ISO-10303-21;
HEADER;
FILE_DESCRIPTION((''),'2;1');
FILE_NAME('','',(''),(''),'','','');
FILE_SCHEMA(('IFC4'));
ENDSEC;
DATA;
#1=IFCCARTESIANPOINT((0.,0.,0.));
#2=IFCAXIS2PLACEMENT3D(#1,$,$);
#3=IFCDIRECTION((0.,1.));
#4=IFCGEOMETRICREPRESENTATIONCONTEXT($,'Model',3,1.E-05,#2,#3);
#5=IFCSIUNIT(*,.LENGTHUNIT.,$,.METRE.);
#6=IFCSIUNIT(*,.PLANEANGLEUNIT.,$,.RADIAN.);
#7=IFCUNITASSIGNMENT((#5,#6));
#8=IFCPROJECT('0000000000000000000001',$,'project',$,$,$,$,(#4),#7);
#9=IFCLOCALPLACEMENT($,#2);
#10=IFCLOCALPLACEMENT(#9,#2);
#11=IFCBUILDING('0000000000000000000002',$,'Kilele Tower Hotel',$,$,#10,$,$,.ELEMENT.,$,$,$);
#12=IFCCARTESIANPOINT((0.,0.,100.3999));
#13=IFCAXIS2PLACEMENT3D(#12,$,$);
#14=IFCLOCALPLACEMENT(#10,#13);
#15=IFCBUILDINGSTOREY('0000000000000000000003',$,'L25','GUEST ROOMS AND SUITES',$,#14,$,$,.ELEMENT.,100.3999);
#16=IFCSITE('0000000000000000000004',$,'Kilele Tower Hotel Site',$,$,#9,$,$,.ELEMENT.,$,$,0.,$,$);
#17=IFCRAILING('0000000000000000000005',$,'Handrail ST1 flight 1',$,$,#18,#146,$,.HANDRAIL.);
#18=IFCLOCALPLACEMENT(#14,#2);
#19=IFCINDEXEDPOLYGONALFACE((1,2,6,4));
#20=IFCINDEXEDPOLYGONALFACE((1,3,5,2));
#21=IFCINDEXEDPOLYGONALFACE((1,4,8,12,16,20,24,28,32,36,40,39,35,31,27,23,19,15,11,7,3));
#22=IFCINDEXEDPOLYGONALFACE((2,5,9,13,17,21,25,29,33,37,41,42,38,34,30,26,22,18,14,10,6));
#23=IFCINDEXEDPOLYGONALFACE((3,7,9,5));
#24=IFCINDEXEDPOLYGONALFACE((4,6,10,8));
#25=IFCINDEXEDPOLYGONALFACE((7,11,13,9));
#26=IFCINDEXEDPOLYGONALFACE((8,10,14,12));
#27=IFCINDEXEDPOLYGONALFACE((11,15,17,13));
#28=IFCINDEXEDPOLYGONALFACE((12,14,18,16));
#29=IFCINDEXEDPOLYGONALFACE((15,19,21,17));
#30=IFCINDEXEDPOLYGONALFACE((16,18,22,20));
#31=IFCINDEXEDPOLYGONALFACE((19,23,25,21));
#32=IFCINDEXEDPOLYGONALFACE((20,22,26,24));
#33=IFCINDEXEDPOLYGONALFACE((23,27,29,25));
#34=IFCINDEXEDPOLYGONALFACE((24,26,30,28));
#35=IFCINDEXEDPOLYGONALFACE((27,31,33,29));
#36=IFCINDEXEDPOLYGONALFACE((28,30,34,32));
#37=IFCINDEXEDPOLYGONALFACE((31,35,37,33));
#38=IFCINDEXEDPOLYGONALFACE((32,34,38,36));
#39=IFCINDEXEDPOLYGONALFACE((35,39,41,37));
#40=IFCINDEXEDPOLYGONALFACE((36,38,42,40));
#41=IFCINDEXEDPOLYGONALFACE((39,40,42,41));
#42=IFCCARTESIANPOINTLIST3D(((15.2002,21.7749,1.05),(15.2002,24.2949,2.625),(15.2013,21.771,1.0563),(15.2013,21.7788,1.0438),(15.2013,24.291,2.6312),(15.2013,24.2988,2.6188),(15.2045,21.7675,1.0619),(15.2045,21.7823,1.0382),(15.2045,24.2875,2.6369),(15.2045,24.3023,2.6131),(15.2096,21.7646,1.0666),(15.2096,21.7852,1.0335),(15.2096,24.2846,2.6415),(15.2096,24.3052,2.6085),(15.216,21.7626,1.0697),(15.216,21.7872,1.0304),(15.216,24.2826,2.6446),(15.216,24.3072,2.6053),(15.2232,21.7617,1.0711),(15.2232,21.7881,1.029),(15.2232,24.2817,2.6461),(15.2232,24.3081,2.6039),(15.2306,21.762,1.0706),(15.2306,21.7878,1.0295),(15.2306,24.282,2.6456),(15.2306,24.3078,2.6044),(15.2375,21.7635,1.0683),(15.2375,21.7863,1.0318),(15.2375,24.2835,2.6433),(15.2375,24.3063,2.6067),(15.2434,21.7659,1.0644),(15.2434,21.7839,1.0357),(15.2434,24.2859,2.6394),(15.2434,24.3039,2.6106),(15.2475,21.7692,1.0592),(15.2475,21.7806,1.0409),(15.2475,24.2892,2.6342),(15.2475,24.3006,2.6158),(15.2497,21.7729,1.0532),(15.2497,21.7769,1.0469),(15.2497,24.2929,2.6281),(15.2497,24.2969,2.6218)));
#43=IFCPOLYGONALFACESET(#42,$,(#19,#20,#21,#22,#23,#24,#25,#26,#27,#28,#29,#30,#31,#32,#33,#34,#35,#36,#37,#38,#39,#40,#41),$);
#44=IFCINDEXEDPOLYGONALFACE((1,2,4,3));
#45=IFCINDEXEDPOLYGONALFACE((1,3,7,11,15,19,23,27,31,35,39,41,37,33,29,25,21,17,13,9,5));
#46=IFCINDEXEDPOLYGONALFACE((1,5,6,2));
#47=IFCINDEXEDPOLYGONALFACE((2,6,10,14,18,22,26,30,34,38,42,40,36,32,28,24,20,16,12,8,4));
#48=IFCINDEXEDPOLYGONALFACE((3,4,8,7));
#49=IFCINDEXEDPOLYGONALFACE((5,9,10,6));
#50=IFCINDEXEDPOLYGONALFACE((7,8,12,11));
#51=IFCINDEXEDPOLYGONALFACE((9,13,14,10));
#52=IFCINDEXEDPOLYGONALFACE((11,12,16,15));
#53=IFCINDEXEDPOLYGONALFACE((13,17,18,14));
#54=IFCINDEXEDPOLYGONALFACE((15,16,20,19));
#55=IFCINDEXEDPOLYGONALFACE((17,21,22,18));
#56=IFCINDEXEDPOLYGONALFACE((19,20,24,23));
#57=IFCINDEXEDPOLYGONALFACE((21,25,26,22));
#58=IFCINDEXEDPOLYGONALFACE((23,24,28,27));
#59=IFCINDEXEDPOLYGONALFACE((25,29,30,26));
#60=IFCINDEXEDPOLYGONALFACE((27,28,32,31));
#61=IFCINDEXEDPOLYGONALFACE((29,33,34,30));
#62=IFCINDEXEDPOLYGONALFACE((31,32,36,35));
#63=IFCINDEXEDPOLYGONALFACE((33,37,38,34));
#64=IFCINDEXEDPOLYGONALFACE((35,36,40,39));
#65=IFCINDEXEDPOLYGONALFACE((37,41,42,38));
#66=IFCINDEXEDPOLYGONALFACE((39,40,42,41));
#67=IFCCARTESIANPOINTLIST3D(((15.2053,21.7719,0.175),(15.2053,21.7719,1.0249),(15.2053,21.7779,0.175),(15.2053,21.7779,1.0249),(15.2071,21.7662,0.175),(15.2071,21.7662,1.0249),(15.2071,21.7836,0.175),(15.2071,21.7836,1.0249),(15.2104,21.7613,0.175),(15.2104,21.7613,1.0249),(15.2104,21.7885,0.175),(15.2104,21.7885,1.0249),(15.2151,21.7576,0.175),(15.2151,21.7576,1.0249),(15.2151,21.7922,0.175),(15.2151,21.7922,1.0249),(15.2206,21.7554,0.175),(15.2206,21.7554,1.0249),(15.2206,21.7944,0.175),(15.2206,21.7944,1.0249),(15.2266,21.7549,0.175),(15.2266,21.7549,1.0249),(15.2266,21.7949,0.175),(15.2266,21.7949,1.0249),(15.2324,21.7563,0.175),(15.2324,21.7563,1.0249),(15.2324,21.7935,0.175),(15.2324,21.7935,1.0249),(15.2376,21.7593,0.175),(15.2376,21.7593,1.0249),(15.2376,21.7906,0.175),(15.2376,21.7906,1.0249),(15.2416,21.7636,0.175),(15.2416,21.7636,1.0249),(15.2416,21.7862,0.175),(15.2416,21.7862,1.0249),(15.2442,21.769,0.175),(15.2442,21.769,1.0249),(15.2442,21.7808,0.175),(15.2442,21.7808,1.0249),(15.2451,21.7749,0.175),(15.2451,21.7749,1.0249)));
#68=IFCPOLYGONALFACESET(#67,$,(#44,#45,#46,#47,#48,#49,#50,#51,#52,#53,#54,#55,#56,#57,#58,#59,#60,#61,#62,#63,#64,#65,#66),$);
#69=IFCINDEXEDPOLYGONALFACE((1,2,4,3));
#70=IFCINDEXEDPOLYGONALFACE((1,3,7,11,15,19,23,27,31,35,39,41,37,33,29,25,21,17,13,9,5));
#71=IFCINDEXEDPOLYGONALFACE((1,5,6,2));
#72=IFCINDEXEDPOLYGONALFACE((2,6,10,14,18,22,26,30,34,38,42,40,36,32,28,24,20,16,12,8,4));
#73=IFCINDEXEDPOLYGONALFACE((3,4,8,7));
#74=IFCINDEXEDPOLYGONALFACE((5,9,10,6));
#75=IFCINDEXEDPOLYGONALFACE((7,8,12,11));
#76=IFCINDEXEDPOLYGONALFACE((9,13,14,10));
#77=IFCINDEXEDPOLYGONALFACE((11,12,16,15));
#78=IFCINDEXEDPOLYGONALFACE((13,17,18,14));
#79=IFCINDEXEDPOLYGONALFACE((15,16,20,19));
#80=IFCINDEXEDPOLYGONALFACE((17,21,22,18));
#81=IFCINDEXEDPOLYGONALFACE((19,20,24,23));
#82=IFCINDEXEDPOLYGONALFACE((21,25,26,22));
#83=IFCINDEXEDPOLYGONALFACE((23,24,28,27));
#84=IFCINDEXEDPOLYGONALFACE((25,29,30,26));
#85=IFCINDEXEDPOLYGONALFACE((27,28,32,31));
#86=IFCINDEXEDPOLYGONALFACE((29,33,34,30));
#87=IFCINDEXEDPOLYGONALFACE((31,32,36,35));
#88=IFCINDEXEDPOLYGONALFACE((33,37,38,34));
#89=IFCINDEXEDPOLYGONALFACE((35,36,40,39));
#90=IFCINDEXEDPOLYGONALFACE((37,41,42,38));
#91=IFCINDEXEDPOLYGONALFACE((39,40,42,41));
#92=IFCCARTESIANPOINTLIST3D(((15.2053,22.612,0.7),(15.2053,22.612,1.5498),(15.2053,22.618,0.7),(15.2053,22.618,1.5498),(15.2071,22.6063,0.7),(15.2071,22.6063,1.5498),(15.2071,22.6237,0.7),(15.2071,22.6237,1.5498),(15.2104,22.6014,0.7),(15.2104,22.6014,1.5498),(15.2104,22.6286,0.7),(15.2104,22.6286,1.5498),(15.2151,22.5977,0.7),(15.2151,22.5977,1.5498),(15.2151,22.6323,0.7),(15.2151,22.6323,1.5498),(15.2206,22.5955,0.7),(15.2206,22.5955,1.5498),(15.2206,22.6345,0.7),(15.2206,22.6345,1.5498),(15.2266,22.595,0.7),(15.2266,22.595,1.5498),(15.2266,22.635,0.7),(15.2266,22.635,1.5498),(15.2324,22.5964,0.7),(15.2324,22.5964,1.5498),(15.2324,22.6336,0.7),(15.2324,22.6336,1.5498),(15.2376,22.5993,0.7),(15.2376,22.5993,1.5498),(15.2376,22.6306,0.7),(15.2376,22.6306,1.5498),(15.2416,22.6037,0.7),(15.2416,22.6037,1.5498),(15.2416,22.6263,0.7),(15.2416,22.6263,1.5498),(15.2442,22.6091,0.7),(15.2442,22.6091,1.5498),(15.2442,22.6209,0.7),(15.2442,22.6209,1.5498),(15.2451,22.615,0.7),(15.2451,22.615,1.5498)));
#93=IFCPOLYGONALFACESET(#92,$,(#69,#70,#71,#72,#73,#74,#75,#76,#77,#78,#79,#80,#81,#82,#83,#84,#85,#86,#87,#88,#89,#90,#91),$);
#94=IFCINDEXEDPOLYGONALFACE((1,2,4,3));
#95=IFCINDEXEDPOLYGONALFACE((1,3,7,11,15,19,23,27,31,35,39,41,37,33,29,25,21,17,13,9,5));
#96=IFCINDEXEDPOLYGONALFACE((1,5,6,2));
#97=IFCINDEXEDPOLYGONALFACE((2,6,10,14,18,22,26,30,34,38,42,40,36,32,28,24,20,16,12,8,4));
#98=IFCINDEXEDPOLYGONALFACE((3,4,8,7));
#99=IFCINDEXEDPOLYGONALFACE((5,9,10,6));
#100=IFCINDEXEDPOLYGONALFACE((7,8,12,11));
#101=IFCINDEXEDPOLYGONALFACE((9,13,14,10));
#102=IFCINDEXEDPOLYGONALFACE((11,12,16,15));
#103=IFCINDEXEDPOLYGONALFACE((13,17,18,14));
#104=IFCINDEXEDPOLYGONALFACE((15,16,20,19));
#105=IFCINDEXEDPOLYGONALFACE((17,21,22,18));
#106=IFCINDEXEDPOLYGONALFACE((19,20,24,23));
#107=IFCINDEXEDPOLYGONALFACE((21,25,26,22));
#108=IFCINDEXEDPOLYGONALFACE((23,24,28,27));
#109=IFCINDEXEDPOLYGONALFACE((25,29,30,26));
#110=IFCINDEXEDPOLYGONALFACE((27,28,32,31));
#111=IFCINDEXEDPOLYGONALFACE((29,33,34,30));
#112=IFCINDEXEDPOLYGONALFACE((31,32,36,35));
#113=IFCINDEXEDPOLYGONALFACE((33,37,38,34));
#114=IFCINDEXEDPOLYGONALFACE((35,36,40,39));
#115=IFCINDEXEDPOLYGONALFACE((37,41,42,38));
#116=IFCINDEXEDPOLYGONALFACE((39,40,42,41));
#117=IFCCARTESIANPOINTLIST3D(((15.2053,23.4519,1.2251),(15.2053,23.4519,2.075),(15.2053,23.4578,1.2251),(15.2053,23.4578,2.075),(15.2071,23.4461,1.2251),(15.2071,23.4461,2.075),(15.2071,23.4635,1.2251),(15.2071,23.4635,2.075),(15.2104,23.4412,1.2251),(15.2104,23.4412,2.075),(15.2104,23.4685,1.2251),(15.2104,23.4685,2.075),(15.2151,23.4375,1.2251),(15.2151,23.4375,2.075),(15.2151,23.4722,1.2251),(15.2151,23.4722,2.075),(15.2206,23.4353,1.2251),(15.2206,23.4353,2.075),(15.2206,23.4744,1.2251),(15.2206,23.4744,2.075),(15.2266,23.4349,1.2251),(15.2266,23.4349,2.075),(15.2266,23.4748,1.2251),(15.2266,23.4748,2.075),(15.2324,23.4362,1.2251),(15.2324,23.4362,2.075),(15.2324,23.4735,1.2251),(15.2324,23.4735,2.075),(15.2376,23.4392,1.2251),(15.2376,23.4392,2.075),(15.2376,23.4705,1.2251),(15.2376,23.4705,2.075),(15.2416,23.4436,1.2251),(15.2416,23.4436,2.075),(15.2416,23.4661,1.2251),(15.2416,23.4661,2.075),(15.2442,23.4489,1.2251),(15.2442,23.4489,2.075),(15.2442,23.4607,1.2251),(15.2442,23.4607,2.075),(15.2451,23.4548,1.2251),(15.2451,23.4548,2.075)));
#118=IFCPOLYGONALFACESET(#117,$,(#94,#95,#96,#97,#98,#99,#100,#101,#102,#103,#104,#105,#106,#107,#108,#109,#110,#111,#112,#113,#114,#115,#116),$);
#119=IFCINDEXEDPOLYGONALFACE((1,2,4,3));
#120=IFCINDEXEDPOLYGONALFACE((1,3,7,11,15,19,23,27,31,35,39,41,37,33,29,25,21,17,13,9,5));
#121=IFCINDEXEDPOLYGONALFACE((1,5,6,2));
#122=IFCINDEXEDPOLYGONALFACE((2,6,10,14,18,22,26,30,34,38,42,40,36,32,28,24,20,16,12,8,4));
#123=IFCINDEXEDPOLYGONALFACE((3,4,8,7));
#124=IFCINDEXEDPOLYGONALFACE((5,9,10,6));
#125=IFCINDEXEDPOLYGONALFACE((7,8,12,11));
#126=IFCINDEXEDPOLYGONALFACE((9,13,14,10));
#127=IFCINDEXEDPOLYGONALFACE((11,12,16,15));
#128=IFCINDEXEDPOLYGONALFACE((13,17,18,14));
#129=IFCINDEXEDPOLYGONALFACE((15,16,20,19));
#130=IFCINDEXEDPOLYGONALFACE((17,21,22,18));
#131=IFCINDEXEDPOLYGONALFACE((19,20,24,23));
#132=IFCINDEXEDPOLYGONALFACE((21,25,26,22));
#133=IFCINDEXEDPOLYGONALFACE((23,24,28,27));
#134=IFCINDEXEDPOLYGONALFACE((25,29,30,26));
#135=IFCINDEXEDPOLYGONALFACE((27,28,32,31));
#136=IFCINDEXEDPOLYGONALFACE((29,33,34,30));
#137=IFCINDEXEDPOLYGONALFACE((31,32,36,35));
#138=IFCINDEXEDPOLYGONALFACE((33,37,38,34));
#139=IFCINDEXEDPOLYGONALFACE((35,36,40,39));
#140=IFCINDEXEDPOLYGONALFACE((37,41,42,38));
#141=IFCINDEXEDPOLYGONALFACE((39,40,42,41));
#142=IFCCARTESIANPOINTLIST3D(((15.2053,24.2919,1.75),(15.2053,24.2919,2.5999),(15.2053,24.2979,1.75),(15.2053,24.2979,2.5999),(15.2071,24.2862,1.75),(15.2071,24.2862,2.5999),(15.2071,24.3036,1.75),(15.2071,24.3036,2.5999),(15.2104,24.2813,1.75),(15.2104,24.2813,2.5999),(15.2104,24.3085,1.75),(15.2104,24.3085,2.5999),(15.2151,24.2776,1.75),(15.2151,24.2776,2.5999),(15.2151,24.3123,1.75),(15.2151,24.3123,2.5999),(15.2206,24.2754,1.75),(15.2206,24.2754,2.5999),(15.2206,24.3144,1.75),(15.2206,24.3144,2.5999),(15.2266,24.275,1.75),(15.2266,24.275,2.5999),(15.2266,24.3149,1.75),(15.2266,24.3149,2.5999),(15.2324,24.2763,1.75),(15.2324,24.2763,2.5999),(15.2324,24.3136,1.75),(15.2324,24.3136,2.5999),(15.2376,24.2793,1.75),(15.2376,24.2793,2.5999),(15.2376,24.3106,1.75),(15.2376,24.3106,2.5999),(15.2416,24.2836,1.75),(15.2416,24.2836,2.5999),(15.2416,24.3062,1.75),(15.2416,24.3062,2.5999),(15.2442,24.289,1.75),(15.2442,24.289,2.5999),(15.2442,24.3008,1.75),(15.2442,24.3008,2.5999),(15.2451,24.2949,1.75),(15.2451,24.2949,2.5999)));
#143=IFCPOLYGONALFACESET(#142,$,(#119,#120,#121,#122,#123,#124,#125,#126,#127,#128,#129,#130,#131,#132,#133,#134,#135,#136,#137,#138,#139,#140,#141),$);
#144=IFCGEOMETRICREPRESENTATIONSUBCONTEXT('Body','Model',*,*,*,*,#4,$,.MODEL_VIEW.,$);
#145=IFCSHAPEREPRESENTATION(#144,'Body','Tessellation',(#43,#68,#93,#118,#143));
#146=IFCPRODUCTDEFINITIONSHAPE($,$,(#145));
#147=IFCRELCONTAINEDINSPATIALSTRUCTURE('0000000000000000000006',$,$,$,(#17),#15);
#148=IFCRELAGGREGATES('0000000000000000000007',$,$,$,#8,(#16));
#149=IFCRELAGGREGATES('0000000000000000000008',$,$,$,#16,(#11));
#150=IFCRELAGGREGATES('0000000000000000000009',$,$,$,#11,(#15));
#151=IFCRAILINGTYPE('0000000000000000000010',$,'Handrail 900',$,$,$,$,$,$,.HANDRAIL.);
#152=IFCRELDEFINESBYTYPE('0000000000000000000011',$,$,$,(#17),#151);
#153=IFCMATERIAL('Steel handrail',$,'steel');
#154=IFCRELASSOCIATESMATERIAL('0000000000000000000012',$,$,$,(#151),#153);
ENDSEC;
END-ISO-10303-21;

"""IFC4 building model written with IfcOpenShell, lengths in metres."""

from ifc_helpers import new_model, si_unit, direction, frame, origin, origin_2d, place, context, subcontext, project, spatial, circle, extrude, material, type_object, element, save


model = new_model("IFC4")

# Units and contexts
model_context = context("Model", 3, precision=1e-05, world=origin(), true_north=direction((0.0, 1.0)))
body_context = subcontext(model_context, "Body", "Model", "MODEL_VIEW")
ifc_project = project(units=[si_unit("LENGTHUNIT", "METRE"), si_unit("PLANEANGLEUNIT", "RADIAN")], contexts=[model_context])

# Site, building, storey
site_placement = place(None, origin())
site = spatial("IfcSite", under=ifc_project, at=site_placement, Name="Kilele Tower Hotel Site", CompositionType="ELEMENT", RefElevation=0.0)
building_placement = place(site_placement, origin())
building = spatial("IfcBuilding", under=site, at=building_placement, Name="Kilele Tower Hotel", CompositionType="ELEMENT")
storey_placement = place(building_placement, frame((0.0, 0.0, 100.3999)))
storey = spatial("IfcBuildingStorey", under=building, at=storey_placement, Name="L25", Description="GUEST ROOMS AND SUITES", CompositionType="ELEMENT", Elevation=100.3999)

# Railing
ifc_material_1 = material(Name="Steel handrail", Category="steel")
railing_type_1 = type_object("IfcRailingType", Name="Handrail 900", PredefinedType="HANDRAIL", material=ifc_material_1)
for number, where, name in (
    (1, (15.2251, 21.7749, 0.175), "Handrail ST1 flight 1"),
):
    element("IfcRailing", number, at=place(storey_placement, frame(where)), inside=storey, type_object=railing_type_1, Name=name, PredefinedType="HANDRAIL", context=body_context, shape_type="SweptSolid", body=[
        extrude(circle(Radius=0.0249, at=origin_2d()), frame((0.0, 0.0, 0.875), z_axis=(0.0, 0.848008, 0.529984), x_axis=(-1.0, 0.0, 0.0)), (0.0, 0.0, 1.0), 2.9717),
        extrude(circle(Radius=0.02, at=origin_2d()), origin(), (0.0, 0.0, 1.0), 0.8499),
        extrude(circle(Radius=0.02, at=origin_2d()), frame((0.0, 0.8401, 0.5249)), (0.0, 0.0, 1.0), 0.8499),
        extrude(circle(Radius=0.02, at=origin_2d()), frame((0.0, 1.6799, 1.05)), (0.0, 0.0, 1.0), 0.8499),
        extrude(circle(Radius=0.02, at=origin_2d()), frame((0.0, 2.52, 1.575)), (0.0, 0.0, 1.0), 0.8499),
    ])

save(model, "model.ifc")
